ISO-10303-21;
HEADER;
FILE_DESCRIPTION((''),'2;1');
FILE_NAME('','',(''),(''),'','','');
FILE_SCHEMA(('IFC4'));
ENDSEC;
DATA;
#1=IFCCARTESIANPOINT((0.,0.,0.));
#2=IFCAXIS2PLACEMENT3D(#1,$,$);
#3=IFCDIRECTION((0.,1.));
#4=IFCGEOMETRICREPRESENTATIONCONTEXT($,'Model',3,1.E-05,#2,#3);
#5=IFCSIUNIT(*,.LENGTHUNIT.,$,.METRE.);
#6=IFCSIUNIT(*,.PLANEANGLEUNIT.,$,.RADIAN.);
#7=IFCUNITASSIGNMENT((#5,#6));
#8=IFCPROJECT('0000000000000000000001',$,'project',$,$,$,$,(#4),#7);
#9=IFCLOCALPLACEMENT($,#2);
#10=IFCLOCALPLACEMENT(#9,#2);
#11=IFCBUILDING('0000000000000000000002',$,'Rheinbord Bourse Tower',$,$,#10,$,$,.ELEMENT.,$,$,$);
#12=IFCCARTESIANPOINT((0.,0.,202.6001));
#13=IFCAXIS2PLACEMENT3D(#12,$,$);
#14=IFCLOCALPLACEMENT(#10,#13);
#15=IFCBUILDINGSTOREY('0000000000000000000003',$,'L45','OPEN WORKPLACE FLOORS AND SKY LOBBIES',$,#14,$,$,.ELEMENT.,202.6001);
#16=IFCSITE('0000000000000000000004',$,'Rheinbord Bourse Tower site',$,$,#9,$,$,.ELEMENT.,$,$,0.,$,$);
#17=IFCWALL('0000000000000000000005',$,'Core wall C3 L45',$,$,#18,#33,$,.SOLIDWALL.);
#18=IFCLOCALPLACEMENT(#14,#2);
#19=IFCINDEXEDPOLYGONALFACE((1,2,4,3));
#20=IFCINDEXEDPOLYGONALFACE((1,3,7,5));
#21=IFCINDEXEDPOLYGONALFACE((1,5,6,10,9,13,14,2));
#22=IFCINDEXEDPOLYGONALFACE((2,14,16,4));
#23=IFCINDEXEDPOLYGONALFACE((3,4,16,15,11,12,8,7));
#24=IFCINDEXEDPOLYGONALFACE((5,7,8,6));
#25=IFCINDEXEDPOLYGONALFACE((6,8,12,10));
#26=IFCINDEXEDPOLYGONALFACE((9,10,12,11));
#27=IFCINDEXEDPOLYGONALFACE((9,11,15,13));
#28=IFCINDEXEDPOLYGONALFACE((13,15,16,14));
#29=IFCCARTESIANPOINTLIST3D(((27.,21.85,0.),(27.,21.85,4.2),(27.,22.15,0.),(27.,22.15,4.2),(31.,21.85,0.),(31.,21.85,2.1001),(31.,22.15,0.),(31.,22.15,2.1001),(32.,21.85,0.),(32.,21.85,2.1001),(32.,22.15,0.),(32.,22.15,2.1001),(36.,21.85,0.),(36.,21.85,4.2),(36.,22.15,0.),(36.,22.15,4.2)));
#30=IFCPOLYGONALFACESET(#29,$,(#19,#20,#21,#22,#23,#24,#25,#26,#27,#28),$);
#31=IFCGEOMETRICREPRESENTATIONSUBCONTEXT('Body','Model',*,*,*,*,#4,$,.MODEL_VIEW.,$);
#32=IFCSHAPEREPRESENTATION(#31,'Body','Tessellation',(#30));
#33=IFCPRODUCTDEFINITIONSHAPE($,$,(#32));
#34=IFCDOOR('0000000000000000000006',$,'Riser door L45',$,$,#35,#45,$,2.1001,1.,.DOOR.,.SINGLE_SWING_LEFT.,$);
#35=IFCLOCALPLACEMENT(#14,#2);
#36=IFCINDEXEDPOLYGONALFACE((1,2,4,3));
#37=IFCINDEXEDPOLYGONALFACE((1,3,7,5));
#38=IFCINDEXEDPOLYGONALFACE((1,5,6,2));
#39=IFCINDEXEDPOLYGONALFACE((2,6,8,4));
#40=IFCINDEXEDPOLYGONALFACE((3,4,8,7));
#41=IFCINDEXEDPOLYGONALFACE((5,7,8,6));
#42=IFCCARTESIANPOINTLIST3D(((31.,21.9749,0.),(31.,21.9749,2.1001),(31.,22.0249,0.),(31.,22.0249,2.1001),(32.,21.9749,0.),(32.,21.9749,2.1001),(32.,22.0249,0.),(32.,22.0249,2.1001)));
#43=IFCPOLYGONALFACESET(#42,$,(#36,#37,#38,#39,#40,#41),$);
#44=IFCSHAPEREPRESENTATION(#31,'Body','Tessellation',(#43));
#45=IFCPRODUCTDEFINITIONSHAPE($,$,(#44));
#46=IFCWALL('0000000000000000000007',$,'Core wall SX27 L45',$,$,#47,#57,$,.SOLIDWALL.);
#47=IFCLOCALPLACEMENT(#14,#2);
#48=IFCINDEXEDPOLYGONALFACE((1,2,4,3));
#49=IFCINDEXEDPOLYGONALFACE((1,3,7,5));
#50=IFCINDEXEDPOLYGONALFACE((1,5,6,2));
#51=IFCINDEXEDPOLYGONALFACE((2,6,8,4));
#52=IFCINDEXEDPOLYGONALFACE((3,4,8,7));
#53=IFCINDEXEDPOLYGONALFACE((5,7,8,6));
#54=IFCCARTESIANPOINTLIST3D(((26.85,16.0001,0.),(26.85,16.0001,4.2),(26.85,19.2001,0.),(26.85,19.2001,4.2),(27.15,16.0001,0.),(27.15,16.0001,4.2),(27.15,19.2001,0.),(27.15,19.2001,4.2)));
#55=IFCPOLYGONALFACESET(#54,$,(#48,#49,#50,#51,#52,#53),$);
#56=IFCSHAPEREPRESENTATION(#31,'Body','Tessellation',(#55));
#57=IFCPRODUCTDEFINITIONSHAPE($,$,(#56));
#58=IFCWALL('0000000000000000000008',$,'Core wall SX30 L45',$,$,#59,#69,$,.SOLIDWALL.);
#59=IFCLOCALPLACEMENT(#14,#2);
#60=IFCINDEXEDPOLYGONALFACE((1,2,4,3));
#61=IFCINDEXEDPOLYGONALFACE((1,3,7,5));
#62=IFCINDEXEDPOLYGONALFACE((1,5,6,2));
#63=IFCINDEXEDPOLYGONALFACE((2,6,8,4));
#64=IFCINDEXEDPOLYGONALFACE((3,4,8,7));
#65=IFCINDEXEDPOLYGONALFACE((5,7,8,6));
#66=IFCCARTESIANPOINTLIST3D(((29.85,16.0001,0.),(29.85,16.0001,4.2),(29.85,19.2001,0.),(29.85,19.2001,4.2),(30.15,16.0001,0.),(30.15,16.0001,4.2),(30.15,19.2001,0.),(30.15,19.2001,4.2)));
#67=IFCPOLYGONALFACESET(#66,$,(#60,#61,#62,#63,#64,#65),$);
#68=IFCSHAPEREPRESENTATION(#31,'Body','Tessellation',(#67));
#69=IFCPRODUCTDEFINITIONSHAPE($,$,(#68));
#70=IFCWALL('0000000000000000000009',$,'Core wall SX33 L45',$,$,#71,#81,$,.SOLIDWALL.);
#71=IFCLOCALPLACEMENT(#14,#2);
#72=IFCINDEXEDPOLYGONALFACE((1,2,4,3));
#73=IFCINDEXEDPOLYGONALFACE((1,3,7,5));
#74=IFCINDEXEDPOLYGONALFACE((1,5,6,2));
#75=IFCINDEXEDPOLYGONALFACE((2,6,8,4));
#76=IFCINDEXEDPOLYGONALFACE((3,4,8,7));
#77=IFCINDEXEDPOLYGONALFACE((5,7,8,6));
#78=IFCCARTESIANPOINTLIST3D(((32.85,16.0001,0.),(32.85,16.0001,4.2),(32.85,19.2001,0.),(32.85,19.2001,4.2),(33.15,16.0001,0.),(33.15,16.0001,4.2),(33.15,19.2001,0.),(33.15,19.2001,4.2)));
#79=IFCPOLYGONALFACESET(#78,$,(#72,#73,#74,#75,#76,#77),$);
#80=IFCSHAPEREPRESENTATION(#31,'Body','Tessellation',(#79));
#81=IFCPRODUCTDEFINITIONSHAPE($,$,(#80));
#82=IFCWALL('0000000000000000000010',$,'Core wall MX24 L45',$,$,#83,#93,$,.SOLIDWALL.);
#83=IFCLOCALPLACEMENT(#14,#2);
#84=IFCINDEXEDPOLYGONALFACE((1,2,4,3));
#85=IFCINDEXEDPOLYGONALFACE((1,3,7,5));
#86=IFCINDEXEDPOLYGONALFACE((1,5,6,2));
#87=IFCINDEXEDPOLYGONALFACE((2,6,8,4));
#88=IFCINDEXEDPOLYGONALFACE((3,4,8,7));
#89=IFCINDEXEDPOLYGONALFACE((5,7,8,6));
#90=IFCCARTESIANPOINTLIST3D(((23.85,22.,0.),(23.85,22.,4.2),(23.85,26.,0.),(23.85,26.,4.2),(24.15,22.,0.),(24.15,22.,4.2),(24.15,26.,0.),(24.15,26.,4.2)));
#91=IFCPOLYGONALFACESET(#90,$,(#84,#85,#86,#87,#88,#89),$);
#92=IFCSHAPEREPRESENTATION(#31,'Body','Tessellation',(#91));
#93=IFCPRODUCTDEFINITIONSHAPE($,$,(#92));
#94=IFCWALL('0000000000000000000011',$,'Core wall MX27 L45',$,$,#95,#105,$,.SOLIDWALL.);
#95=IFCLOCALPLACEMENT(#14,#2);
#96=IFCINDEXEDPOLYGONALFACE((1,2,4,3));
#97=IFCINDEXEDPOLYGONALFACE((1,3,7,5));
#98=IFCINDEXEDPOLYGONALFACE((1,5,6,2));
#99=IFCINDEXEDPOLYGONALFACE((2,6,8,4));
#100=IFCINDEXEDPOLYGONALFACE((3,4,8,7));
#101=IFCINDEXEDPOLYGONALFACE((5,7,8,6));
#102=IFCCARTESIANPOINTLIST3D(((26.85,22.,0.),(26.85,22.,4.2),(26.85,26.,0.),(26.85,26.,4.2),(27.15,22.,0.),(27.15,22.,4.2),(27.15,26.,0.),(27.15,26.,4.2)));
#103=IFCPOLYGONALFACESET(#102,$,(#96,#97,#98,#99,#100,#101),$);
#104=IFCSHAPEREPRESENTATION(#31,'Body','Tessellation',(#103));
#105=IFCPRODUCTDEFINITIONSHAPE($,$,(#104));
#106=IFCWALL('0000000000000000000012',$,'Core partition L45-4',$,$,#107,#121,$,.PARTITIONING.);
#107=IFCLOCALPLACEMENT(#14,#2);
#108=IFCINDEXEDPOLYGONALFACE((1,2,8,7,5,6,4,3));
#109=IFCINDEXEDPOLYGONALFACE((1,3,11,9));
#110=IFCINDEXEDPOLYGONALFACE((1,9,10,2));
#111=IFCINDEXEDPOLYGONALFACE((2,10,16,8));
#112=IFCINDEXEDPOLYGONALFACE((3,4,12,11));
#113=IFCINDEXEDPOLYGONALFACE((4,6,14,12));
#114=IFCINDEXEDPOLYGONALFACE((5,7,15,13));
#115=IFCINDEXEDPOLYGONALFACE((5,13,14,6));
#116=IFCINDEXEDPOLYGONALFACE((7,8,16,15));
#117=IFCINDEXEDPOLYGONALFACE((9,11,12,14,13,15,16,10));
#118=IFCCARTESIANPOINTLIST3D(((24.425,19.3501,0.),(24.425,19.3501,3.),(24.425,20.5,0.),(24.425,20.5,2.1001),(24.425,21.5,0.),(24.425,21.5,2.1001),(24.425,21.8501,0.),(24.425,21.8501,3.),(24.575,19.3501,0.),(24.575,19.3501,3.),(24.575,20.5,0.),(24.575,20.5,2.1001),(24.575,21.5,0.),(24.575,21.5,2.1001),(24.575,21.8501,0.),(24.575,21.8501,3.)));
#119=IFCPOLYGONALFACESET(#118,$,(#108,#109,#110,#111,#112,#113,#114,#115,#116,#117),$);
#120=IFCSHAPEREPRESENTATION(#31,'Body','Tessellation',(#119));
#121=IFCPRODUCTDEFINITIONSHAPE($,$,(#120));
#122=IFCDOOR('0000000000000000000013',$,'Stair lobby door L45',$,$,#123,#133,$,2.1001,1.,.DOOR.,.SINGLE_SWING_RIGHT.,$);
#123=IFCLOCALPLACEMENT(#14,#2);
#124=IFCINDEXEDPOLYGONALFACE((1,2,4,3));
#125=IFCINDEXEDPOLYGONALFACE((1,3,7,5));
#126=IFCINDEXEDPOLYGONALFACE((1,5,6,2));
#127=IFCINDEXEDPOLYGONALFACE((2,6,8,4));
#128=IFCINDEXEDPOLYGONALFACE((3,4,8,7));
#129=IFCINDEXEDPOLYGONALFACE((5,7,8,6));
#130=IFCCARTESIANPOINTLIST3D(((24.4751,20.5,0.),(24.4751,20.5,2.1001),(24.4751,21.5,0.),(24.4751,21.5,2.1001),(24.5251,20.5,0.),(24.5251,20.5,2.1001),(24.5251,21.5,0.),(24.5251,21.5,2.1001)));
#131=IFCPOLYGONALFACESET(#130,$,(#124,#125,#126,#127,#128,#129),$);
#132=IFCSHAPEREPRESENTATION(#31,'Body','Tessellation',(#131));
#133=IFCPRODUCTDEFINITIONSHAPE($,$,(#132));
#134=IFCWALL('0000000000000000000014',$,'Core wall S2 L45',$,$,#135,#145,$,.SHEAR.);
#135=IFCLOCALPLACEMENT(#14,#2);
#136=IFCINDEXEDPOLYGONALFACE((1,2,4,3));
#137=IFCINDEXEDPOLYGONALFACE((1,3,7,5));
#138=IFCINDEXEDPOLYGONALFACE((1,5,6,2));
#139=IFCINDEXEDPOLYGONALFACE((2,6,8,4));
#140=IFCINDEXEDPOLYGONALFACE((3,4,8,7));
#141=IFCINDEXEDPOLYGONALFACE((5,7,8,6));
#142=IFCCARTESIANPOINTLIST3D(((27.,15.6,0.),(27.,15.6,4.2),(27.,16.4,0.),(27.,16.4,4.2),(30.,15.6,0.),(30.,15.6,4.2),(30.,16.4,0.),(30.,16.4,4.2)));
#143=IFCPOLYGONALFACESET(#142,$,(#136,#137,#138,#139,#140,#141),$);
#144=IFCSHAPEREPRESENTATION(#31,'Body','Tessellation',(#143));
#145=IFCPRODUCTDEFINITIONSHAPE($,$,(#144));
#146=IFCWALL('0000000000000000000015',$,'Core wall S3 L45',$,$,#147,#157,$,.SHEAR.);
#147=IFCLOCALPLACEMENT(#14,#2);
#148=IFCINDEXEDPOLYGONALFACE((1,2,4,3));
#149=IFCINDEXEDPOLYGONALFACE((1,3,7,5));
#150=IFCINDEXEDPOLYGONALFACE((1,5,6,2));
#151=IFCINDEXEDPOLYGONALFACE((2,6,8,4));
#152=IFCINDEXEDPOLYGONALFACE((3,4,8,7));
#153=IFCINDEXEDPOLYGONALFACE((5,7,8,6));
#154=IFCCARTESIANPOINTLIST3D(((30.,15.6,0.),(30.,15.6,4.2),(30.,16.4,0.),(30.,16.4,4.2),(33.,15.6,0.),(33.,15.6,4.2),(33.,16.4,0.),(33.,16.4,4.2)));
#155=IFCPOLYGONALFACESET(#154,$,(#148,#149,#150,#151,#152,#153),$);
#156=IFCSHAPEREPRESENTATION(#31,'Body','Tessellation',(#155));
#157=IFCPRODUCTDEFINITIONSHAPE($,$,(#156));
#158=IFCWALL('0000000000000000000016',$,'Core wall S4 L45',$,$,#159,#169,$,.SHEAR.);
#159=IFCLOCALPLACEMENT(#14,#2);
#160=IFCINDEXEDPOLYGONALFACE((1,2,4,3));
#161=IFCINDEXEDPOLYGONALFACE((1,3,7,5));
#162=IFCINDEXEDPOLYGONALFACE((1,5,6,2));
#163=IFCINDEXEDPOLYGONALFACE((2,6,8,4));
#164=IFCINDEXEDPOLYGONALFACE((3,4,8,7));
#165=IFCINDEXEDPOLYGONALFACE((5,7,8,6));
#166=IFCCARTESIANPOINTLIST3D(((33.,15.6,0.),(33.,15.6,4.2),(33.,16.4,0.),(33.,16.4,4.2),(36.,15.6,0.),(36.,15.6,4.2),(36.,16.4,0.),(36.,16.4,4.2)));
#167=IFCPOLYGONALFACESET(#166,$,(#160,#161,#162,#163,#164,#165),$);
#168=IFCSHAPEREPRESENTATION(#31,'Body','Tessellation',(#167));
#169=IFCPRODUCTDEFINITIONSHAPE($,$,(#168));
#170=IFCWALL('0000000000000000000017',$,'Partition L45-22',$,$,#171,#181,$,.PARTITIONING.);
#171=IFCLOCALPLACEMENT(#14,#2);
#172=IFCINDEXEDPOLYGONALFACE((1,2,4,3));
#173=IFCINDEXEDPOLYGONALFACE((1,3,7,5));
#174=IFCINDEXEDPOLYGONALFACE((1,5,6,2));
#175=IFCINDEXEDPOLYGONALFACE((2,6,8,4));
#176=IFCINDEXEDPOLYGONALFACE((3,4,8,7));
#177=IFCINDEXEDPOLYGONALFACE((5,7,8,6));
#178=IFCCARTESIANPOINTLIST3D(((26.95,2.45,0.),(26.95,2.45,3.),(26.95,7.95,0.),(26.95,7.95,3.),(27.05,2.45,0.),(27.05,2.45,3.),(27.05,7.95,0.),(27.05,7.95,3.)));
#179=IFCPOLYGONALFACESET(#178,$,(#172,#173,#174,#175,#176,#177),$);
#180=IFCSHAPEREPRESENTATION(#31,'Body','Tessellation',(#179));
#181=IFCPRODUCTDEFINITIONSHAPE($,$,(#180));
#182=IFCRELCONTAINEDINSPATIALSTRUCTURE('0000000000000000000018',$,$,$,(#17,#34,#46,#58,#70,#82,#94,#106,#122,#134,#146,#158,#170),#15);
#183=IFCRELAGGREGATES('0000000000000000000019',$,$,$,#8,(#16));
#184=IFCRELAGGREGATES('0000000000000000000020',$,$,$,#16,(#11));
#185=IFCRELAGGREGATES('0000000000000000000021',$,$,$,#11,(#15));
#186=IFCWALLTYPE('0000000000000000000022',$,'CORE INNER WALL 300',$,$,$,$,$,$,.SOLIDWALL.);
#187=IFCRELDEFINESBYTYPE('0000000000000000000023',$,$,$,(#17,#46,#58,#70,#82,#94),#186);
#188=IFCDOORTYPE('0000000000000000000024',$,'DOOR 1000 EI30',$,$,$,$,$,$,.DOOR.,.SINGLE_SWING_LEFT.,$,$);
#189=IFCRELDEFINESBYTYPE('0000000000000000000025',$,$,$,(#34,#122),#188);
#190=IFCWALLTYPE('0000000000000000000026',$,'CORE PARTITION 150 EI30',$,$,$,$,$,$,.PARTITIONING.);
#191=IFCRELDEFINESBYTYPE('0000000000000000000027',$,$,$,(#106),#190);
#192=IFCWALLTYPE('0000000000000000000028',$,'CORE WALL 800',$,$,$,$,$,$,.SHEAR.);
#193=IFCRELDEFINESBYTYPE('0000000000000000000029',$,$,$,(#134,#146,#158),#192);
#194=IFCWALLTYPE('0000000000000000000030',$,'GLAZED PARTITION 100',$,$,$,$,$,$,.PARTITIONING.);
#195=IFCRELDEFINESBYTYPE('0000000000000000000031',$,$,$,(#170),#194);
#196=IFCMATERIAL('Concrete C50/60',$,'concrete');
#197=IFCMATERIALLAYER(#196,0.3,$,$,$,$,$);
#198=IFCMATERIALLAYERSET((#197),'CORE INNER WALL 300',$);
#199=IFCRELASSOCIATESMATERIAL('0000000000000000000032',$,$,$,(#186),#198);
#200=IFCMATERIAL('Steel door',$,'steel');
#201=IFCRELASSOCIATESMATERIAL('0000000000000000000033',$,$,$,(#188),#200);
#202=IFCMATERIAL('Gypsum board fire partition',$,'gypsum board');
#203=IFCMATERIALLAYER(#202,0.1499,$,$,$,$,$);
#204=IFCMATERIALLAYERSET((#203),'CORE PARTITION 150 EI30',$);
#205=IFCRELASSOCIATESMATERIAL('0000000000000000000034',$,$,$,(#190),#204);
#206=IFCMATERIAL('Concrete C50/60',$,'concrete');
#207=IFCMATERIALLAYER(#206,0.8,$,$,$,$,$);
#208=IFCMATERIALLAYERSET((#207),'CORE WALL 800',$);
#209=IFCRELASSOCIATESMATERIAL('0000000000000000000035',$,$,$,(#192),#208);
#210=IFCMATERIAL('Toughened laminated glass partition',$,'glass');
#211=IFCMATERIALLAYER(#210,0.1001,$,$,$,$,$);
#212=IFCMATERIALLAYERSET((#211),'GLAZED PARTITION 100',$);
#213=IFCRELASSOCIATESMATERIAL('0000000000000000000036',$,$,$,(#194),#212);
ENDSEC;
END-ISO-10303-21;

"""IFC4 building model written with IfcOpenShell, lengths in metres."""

from ifc_helpers import new_model, si_unit, direction, frame, frame_2d, origin, place, context, subcontext, project, spatial, rectangle, extrude, material, layer, layer_set, type_object, element, fill, save


model = new_model("IFC4")

# Units and contexts
model_context = context("Model", 3, precision=1e-05, world=origin(), true_north=direction((0.0, 1.0)))
body_context = subcontext(model_context, "Body", "Model", "MODEL_VIEW")
ifc_project = project(units=[si_unit("LENGTHUNIT", "METRE"), si_unit("PLANEANGLEUNIT", "RADIAN")], contexts=[model_context])

# Site, building, storey
site_placement = place(None, origin())
site = spatial("IfcSite", under=ifc_project, at=site_placement, Name="Rheinbord Bourse Tower site", CompositionType="ELEMENT", RefElevation=0.0)
building_placement = place(site_placement, origin())
building = spatial("IfcBuilding", under=site, at=building_placement, Name="Rheinbord Bourse Tower", CompositionType="ELEMENT")
storey_placement = place(building_placement, frame((0.0, 0.0, 202.6001)))
storey = spatial("IfcBuildingStorey", under=building, at=storey_placement, Name="L45", Description="OPEN WORKPLACE FLOORS AND SKY LOBBIES", CompositionType="ELEMENT", Elevation=202.6001)

# Wall, opening, door
ifc_material_1 = material(Name="Concrete C50/60", Category="concrete")
ifc_layer_1 = layer(ifc_material_1, 0.3)
ifc_layer_set_1 = layer_set([ifc_layer_1], Name="CORE INNER WALL 300")
wall_type_1 = type_object("IfcWallType", Name="CORE INNER WALL 300", PredefinedType="SOLIDWALL", material=ifc_layer_set_1)
ifc_material_2 = material(Name="Steel door", Category="steel")
door_type_1 = type_object("IfcDoorType", Name="DOOR 1000 EI30", OperationType="SINGLE_SWING_LEFT", PredefinedType="DOOR", material=ifc_material_2)
wall_1_placement = place(storey_placement, frame((27.0, 22.0, 0.0), z_axis=(0.0, 0.0, 1.0), x_axis=(1.0, 0.0, 0.0)))
wall_1 = element("IfcWall", 1, at=wall_1_placement, inside=storey, type_object=wall_type_1, Name="Core wall C3 L45", PredefinedType="SOLIDWALL", context=body_context, shape_type="SweptSolid", body=[
    extrude(rectangle(XDim=9.0, YDim=0.3, at=frame_2d((4.5, 0.0))), origin(), (0.0, 0.0, 1.0), 4.2),
])
opening_1_placement = place(wall_1_placement, frame((4.0, 0.0, 0.0)))
opening_1 = element("IfcOpeningElement", 2, at=opening_1_placement, cuts=wall_1, PredefinedType="OPENING", context=body_context, shape_type="SweptSolid", body=[
    extrude(rectangle(XDim=1.0, YDim=2.1001, at=frame_2d((0.5, 1.05))), frame((0.0, 0.1599, 0.0), z_axis=(0.0, -1.0, 0.0), x_axis=(1.0, 0.0, 0.0)), (0.0, 0.0, 1.0), 0.3201),
])
door_1_placement = place(opening_1_placement, origin())
door_1 = element("IfcDoor", 3, at=door_1_placement, inside=storey, type_object=door_type_1, Name="Riser door L45", OperationType="SINGLE_SWING_LEFT", OverallHeight=2.1001, OverallWidth=1.0, PredefinedType="DOOR", context=body_context, shape_type="SweptSolid", body=[
    extrude(rectangle(XDim=1.0, YDim=2.1001, at=frame_2d((0.5, 1.05))), frame((0.0, 0.0249, 0.0), z_axis=(0.0, -1.0, 0.0), x_axis=(1.0, 0.0, 0.0)), (0.0, 0.0, 1.0), 0.05),
])
fill(opening_1, door_1)

# Walls
for number, where, z_axis, x_axis, name in (
    (4, (27.0, 16.0, 0.0), (0.0, 0.0, 1.0), (0.0, 1.0, 0.0), "Core wall SX27 L45"),
    (5, (30.0, 16.0, 0.0), (0.0, 0.0, 1.0), (0.0, 1.0, 0.0), "Core wall SX30 L45"),
    (6, (33.0, 16.0, 0.0), (0.0, 0.0, 1.0), (0.0, 1.0, 0.0), "Core wall SX33 L45"),
):
    element("IfcWall", number, at=place(storey_placement, frame(where, z_axis=z_axis, x_axis=x_axis)), inside=storey, type_object=wall_type_1, Name=name, PredefinedType="SOLIDWALL", context=body_context, shape_type="SweptSolid", body=[
        extrude(rectangle(XDim=3.2, YDim=0.3, at=frame_2d((1.6001, 0.0))), origin(), (0.0, 0.0, 1.0), 4.2),
    ])
for number, where, z_axis, x_axis, name in (
    (7, (24.0, 22.0, 0.0), (0.0, 0.0, 1.0), (0.0, 1.0, 0.0), "Core wall MX24 L45"),
    (8, (27.0, 22.0, 0.0), (0.0, 0.0, 1.0), (0.0, 1.0, 0.0), "Core wall MX27 L45"),
):
    element("IfcWall", number, at=place(storey_placement, frame(where, z_axis=z_axis, x_axis=x_axis)), inside=storey, type_object=wall_type_1, Name=name, PredefinedType="SOLIDWALL", context=body_context, shape_type="SweptSolid", body=[
        extrude(rectangle(XDim=4.0, YDim=0.3, at=frame_2d((2.0, 0.0))), origin(), (0.0, 0.0, 1.0), 4.2),
    ])

# Wall, opening, door
ifc_material_3 = material(Name="Gypsum board fire partition", Category="gypsum board")
ifc_layer_2 = layer(ifc_material_3, 0.1499)
ifc_layer_set_2 = layer_set([ifc_layer_2], Name="CORE PARTITION 150 EI30")
wall_type_2 = type_object("IfcWallType", Name="CORE PARTITION 150 EI30", PredefinedType="PARTITIONING", material=ifc_layer_set_2)
wall_2_placement = place(storey_placement, frame((24.5, 19.3501, 0.0), z_axis=(0.0, 0.0, 1.0), x_axis=(0.0, 1.0, 0.0)))
wall_2 = element("IfcWall", 9, at=wall_2_placement, inside=storey, type_object=wall_type_2, Name="Core partition L45-4", PredefinedType="PARTITIONING", context=body_context, shape_type="SweptSolid", body=[
    extrude(rectangle(XDim=2.5, YDim=0.1499, at=frame_2d((1.25, 0.0))), origin(), (0.0, 0.0, 1.0), 3.0),
])
opening_2_placement = place(wall_2_placement, frame((1.1499, 0.0, 0.0)))
opening_2 = element("IfcOpeningElement", 10, at=opening_2_placement, cuts=wall_2, PredefinedType="OPENING", context=body_context, shape_type="SweptSolid", body=[
    extrude(rectangle(XDim=1.0, YDim=2.1001, at=frame_2d((0.5, 1.05))), frame((0.0, 0.085, 0.0), z_axis=(0.0, -1.0, 0.0), x_axis=(1.0, 0.0, 0.0)), (0.0, 0.0, 1.0), 0.1699),
])
door_2_placement = place(opening_2_placement, origin())
door_2 = element("IfcDoor", 11, at=door_2_placement, inside=storey, type_object=door_type_1, Name="Stair lobby door L45", OperationType="SINGLE_SWING_RIGHT", OverallHeight=2.1001, OverallWidth=1.0, PredefinedType="DOOR", context=body_context, shape_type="SweptSolid", body=[
    extrude(rectangle(XDim=1.0, YDim=2.1001, at=frame_2d((0.5, 1.05))), frame((0.0, 0.0249, 0.0), z_axis=(0.0, -1.0, 0.0), x_axis=(1.0, 0.0, 0.0)), (0.0, 0.0, 1.0), 0.05),
])
fill(opening_2, door_2)

# Walls
ifc_material_4 = material(Name="Concrete C50/60", Category="concrete")
ifc_layer_3 = layer(ifc_material_4, 0.8)
ifc_layer_set_3 = layer_set([ifc_layer_3], Name="CORE WALL 800")
wall_type_3 = type_object("IfcWallType", Name="CORE WALL 800", PredefinedType="SHEAR", material=ifc_layer_set_3)
for number, where, z_axis, x_axis, name in (
    (12, (27.0, 16.0, 0.0), (0.0, 0.0, 1.0), (1.0, 0.0, 0.0), "Core wall S2 L45"),
    (13, (30.0, 16.0, 0.0), (0.0, 0.0, 1.0), (1.0, 0.0, 0.0), "Core wall S3 L45"),
    (14, (33.0, 16.0, 0.0), (0.0, 0.0, 1.0), (1.0, 0.0, 0.0), "Core wall S4 L45"),
):
    element("IfcWall", number, at=place(storey_placement, frame(where, z_axis=z_axis, x_axis=x_axis)), inside=storey, type_object=wall_type_3, Name=name, PredefinedType="SHEAR", context=body_context, shape_type="SweptSolid", body=[
        extrude(rectangle(XDim=3.0, YDim=0.8, at=frame_2d((1.5, 0.0))), origin(), (0.0, 0.0, 1.0), 4.2),
    ])
ifc_material_5 = material(Name="Toughened laminated glass partition", Category="glass")
ifc_layer_4 = layer(ifc_material_5, 0.1001)
ifc_layer_set_4 = layer_set([ifc_layer_4], Name="GLAZED PARTITION 100")
wall_type_4 = type_object("IfcWallType", Name="GLAZED PARTITION 100", PredefinedType="PARTITIONING", material=ifc_layer_set_4)
wall_3_placement = place(storey_placement, frame((27.0, 2.45, 0.0), z_axis=(0.0, 0.0, 1.0), x_axis=(0.0, 1.0, 0.0)))
element("IfcWall", 15, at=wall_3_placement, inside=storey, type_object=wall_type_4, Name="Partition L45-22", PredefinedType="PARTITIONING", context=body_context, shape_type="SweptSolid", body=[
    extrude(rectangle(XDim=5.5, YDim=0.1001, at=frame_2d((2.75, 0.0))), origin(), (0.0, 0.0, 1.0), 3.0),
])

save(model, "model.ifc")
